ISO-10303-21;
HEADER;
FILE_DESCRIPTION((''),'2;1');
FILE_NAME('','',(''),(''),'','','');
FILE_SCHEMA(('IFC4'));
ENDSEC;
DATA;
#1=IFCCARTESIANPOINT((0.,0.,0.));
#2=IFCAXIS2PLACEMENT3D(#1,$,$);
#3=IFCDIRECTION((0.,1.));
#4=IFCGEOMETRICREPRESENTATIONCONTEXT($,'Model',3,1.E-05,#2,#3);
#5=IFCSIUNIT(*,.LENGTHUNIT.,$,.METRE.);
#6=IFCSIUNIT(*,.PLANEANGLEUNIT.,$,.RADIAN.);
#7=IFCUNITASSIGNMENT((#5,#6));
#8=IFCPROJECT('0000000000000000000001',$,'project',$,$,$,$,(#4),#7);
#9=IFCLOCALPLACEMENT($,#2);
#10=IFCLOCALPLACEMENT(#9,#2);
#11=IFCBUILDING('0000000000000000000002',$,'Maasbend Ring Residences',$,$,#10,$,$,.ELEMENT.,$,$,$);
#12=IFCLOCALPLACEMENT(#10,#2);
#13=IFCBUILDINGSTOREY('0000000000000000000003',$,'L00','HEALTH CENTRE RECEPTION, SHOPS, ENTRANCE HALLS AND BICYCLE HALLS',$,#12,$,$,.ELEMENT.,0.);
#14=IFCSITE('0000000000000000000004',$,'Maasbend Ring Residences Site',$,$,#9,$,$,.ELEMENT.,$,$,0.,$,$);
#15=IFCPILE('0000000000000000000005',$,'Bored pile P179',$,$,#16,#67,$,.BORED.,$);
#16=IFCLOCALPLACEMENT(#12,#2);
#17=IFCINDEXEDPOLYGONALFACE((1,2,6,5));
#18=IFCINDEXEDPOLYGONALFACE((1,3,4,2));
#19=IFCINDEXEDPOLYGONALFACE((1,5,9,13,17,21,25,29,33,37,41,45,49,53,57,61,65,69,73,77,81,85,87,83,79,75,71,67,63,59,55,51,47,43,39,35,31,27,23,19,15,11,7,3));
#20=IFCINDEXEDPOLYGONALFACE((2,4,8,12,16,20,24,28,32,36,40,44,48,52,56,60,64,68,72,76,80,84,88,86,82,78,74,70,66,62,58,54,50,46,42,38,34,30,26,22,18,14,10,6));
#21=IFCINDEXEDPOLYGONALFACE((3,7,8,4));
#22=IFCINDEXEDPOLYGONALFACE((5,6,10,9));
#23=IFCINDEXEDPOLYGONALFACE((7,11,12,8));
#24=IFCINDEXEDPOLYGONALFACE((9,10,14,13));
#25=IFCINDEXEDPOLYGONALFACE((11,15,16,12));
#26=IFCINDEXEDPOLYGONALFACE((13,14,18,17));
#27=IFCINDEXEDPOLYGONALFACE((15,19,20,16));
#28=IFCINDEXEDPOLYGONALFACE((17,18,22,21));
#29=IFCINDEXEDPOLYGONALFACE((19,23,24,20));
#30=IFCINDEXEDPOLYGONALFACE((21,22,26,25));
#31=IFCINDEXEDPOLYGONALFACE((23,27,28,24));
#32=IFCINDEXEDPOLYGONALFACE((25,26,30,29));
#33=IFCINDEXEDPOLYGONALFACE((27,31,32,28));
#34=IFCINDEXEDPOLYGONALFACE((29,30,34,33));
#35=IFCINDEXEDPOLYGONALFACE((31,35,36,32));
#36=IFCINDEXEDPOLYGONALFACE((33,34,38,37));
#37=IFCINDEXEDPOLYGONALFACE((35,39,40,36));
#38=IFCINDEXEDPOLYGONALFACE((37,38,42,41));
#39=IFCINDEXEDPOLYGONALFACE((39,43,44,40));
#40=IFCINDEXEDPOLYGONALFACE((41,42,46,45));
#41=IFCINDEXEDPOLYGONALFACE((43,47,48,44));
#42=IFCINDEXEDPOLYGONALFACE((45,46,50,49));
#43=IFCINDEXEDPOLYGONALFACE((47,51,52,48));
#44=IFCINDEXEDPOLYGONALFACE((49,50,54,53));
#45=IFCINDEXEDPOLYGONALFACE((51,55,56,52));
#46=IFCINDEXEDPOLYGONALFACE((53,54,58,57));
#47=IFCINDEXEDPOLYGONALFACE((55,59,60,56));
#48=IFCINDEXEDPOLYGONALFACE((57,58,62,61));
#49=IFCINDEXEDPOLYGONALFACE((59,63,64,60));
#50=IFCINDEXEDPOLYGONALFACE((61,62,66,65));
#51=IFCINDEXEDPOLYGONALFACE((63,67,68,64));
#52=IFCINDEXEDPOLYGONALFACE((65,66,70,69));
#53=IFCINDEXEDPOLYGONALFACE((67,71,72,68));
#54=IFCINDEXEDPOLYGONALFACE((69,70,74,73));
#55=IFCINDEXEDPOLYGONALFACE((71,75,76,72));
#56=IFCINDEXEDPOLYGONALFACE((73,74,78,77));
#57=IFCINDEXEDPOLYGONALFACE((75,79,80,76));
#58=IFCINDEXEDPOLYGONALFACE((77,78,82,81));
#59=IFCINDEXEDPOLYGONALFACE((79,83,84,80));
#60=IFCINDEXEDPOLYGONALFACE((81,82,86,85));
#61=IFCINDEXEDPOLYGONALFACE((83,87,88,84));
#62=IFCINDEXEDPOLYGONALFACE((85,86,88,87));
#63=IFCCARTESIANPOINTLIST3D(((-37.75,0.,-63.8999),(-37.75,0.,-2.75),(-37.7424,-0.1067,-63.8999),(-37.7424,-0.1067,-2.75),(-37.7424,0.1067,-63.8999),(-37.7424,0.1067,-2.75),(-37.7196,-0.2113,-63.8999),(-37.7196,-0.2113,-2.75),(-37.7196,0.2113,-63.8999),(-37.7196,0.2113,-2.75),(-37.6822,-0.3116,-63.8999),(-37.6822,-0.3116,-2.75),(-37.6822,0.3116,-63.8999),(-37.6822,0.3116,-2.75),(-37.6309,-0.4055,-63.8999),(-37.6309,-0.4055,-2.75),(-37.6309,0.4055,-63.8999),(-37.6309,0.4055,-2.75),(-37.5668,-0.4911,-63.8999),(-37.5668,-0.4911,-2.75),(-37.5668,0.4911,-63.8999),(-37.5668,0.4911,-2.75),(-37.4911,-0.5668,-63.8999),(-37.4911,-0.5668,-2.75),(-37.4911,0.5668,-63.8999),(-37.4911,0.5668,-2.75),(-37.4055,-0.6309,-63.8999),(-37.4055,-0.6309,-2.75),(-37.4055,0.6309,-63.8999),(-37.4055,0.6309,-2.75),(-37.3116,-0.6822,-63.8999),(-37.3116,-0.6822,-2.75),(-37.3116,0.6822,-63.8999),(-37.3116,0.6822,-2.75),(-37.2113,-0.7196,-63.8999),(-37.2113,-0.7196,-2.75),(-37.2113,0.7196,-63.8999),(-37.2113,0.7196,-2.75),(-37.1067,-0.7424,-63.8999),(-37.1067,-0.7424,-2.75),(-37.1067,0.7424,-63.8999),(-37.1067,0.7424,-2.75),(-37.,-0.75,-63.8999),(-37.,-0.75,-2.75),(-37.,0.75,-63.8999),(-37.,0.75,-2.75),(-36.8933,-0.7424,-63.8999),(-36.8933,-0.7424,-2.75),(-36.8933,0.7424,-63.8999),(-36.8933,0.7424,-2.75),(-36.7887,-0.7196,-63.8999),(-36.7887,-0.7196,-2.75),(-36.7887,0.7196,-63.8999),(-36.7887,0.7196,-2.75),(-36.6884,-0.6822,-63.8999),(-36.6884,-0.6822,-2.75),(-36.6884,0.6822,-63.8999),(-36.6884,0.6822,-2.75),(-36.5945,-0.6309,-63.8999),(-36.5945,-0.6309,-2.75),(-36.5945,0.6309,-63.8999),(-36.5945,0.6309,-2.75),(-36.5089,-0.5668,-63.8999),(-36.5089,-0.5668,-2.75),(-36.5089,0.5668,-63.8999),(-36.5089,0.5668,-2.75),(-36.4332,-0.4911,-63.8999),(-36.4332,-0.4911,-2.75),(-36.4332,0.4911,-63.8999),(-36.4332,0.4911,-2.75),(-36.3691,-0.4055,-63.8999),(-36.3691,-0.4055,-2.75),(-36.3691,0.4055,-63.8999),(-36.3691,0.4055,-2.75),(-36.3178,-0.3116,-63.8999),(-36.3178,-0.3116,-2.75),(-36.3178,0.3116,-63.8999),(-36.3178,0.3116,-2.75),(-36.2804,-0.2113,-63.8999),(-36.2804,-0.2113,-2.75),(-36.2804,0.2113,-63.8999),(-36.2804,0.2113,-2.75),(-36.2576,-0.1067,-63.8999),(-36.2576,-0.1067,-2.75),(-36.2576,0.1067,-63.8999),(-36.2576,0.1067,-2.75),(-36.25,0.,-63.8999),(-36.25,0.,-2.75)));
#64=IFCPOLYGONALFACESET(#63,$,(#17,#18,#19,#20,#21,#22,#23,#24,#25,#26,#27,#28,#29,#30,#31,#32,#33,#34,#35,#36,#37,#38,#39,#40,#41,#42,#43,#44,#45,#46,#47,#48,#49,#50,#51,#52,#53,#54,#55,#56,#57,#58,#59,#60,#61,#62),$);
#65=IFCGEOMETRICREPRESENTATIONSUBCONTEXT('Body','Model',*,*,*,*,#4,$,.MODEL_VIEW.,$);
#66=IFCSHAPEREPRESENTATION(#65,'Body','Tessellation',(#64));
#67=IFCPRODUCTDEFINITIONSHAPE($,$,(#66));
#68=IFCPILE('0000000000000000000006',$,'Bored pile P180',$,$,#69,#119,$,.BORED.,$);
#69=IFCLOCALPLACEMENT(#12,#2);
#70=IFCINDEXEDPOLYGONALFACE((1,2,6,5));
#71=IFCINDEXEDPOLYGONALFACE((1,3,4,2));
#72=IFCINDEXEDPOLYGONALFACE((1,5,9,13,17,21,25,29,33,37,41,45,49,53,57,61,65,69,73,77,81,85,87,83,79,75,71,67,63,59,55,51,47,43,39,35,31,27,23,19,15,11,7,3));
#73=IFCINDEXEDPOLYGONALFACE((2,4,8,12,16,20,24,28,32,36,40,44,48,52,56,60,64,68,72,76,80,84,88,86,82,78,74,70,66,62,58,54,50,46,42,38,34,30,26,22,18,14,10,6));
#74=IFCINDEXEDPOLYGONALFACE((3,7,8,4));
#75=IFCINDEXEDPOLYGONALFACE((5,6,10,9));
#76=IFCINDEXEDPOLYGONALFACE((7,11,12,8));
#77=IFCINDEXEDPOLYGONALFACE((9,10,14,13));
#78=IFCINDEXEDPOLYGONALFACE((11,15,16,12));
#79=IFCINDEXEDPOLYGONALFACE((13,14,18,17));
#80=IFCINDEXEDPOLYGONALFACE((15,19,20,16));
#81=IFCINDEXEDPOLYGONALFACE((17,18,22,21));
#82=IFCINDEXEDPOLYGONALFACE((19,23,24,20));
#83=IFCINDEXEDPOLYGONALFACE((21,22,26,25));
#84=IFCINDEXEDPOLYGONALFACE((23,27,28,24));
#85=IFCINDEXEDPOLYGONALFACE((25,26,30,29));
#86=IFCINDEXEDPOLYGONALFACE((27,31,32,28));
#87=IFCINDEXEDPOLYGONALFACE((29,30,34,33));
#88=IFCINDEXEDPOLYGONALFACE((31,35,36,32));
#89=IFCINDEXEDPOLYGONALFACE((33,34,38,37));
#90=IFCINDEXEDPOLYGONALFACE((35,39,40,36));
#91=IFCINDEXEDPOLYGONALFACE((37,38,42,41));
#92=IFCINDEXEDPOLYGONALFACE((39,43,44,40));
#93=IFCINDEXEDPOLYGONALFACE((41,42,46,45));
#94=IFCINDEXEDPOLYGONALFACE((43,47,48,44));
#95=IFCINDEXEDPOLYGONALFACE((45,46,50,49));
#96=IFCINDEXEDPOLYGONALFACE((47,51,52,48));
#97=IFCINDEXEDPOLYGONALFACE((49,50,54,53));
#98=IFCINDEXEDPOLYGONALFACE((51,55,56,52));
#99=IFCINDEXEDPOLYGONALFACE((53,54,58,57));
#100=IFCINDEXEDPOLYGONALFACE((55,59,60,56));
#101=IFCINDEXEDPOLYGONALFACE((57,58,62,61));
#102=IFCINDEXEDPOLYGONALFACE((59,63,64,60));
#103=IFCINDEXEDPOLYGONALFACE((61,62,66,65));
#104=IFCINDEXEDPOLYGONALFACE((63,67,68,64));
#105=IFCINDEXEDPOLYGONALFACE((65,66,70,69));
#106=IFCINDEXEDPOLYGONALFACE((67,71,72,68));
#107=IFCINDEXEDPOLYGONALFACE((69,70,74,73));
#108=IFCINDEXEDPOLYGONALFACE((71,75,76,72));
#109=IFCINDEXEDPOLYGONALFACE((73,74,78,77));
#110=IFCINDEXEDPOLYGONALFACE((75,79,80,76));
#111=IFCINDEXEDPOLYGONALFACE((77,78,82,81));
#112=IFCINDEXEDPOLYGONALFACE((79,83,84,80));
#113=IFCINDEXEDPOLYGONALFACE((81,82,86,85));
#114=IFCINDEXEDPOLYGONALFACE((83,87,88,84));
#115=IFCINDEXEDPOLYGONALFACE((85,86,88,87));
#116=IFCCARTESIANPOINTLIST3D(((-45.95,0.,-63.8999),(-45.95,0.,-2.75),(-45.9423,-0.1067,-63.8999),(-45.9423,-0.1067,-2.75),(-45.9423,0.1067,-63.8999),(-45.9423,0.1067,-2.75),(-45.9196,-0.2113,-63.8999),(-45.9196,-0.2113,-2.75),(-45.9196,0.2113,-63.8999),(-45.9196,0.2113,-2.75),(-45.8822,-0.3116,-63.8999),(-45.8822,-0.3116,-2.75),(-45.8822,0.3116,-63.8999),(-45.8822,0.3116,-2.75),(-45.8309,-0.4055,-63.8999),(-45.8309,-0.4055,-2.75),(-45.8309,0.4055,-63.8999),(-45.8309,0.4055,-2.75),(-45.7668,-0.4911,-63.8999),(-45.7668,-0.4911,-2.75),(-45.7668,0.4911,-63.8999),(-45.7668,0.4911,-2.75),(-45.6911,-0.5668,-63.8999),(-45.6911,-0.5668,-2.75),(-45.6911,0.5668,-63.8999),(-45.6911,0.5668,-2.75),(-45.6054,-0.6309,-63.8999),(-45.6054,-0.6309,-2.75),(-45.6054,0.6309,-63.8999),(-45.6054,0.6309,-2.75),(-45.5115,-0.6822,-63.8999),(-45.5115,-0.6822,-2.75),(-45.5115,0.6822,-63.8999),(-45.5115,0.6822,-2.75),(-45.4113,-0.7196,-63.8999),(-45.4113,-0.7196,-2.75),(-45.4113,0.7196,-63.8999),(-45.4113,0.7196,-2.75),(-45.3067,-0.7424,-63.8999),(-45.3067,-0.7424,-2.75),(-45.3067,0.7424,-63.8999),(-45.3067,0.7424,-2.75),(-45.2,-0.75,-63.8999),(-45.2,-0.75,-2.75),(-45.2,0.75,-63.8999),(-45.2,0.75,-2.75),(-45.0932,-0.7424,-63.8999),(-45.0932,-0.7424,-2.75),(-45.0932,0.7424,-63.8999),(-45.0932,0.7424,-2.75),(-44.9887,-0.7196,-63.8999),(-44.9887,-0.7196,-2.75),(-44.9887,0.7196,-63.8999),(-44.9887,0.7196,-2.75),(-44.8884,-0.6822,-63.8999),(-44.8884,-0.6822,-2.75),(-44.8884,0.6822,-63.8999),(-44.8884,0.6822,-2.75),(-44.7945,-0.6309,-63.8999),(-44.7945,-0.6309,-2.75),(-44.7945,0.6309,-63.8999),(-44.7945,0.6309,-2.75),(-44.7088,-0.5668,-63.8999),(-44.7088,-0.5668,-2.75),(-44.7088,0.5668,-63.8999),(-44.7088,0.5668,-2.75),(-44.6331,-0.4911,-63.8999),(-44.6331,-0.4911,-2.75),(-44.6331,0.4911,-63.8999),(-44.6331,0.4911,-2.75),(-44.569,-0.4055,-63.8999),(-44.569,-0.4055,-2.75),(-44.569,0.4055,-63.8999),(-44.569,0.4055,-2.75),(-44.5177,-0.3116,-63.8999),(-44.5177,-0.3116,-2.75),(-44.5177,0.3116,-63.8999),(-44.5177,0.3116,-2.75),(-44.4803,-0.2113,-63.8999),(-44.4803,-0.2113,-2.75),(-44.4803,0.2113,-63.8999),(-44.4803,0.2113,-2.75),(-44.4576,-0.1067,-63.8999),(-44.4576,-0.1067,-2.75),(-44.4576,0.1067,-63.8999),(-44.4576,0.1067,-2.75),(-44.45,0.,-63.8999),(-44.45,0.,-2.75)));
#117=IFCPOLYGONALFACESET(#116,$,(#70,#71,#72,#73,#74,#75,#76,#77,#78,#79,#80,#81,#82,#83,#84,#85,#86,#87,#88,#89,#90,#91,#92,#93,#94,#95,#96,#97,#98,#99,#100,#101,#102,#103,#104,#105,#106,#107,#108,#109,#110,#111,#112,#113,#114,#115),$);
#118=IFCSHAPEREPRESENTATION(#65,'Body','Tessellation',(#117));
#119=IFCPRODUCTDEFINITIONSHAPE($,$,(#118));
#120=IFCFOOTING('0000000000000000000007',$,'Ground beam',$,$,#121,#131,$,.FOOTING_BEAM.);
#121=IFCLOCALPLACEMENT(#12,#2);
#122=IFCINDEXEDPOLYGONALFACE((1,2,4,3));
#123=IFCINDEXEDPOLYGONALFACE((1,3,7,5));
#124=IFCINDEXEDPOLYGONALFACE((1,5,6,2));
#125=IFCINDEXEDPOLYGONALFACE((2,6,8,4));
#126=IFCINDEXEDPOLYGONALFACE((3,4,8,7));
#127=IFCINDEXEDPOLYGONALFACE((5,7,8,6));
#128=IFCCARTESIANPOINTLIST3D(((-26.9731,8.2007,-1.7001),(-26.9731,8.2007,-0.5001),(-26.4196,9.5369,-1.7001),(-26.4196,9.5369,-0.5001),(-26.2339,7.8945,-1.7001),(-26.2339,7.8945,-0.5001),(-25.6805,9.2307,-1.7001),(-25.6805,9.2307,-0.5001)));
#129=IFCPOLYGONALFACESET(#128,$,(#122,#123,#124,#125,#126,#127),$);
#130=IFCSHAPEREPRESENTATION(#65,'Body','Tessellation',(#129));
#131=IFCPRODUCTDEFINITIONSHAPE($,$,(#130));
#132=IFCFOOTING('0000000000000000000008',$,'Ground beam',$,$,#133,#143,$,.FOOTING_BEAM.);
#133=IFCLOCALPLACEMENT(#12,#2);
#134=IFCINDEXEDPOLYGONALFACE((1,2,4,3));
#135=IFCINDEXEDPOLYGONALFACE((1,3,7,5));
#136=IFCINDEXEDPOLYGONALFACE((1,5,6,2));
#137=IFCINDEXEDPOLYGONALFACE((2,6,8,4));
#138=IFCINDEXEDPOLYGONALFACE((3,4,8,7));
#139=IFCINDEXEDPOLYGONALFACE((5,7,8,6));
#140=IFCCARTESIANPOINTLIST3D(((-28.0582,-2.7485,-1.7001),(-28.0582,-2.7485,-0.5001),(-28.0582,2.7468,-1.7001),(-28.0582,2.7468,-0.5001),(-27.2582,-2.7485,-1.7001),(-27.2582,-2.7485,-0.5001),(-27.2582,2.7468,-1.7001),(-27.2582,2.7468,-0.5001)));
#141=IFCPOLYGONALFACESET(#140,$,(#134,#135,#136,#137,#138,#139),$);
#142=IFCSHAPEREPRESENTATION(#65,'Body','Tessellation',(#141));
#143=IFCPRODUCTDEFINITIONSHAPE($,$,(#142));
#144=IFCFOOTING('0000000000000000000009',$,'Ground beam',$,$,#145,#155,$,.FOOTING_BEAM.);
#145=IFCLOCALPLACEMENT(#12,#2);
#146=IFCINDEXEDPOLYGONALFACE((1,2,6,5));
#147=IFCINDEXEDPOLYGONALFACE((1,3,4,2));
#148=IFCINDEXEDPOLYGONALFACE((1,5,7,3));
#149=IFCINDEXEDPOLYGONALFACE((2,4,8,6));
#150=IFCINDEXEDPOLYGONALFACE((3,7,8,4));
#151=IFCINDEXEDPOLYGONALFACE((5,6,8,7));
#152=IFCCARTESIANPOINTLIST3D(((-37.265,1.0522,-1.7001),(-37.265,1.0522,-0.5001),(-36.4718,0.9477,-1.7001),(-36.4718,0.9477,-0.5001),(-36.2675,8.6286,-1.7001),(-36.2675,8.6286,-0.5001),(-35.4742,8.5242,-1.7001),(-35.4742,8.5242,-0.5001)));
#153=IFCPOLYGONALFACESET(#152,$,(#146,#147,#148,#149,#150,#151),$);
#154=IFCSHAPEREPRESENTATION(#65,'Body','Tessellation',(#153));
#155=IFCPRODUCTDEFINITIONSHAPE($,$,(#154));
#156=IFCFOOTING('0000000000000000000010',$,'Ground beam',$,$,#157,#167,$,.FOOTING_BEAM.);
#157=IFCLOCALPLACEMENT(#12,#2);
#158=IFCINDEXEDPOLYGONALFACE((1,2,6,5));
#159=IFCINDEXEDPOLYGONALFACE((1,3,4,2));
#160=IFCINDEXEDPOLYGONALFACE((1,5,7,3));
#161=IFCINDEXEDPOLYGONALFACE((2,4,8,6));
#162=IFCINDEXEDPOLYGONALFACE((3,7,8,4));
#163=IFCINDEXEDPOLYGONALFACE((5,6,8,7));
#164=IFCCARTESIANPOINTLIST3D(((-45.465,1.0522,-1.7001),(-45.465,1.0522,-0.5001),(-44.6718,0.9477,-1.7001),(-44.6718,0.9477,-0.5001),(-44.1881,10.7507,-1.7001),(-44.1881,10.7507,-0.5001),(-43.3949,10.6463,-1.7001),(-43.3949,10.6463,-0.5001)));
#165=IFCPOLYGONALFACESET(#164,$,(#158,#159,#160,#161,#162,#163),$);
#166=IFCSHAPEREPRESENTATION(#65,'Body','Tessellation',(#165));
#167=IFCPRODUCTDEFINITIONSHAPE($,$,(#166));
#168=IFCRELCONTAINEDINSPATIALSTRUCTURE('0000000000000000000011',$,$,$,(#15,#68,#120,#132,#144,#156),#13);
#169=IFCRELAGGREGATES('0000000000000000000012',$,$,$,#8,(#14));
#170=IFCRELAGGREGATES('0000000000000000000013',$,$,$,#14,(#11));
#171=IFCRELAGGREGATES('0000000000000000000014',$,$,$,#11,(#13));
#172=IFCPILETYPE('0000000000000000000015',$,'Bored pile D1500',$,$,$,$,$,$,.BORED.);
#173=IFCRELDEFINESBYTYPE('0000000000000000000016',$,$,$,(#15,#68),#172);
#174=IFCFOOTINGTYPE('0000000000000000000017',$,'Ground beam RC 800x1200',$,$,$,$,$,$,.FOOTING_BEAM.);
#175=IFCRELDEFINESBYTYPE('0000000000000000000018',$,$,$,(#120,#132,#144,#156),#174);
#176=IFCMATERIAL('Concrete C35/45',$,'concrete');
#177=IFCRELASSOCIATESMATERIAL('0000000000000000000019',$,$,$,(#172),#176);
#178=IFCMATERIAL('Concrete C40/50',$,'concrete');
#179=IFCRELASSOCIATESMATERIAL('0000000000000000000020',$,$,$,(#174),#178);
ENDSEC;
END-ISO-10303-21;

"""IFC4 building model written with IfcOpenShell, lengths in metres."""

from ifc_helpers import new_model, si_unit, direction, frame, origin, origin_2d, place, context, subcontext, project, spatial, rectangle, circle, extrude, material, material_profile, profile_set, type_object, element, save


model = new_model("IFC4")

# Units and contexts
model_context = context("Model", 3, precision=1e-05, world=origin(), true_north=direction((0.0, 1.0)))
body_context = subcontext(model_context, "Body", "Model", "MODEL_VIEW")
ifc_project = project(units=[si_unit("LENGTHUNIT", "METRE"), si_unit("PLANEANGLEUNIT", "RADIAN")], contexts=[model_context])

# Site, building, storey
site_placement = place(None, origin())
site = spatial("IfcSite", under=ifc_project, at=site_placement, Name="Maasbend Ring Residences Site", CompositionType="ELEMENT", RefElevation=0.0)
building_placement = place(site_placement, origin())
building = spatial("IfcBuilding", under=site, at=building_placement, Name="Maasbend Ring Residences", CompositionType="ELEMENT")
storey_placement = place(building_placement, origin())
storey = spatial("IfcBuildingStorey", under=building, at=storey_placement, Name="L00", Description="HEALTH CENTRE RECEPTION, SHOPS, ENTRANCE HALLS AND BICYCLE HALLS", CompositionType="ELEMENT", Elevation=0.0)

# Piles
ifc_material_1 = material(Name="Concrete C35/45", Category="concrete")
ifc_material_profile_1 = material_profile(ifc_material_1, circle(Radius=0.75, at=origin_2d()), Name="Bored pile D1500")
ifc_profile_set_1 = profile_set([ifc_material_profile_1], Name="Concrete C35/45")
pile_type = type_object("IfcPileType", Name="Bored pile D1500", PredefinedType="BORED", material=ifc_profile_set_1)
for number, where, z_axis, x_axis, name in (
    (1, (-37.0, 0.0, -2.75), (0.0, 0.0, -1.0), (1.0, 0.0, 0.0), "Bored pile P179"),
    (2, (-45.2, 0.0, -2.75), (0.0, 0.0, -1.0), (1.0, 0.0, 0.0), "Bored pile P180"),
):
    element("IfcPile", number, at=place(storey_placement, frame(where, z_axis=z_axis, x_axis=x_axis)), inside=storey, type_object=pile_type, Name=name, PredefinedType="BORED", context=body_context, shape_type="SweptSolid", body=[
        extrude(circle(Radius=0.75, at=origin_2d()), origin(), (0.0, 0.0, 1.0), 61.1499),
    ])

# Footings
ifc_material_2 = material(Name="Concrete C40/50", Category="concrete")
ifc_material_profile_2 = material_profile(ifc_material_2, rectangle(XDim=0.8, YDim=1.2, at=origin_2d()), Name="Ground beam RC 800x1200")
ifc_profile_set_2 = profile_set([ifc_material_profile_2], Name="Concrete C40/50")
footing_type = type_object("IfcFootingType", Name="Ground beam RC 800x1200", PredefinedType="FOOTING_BEAM", material=ifc_profile_set_2)
footing_1_placement = place(storey_placement, frame((-26.05, 9.3838, -1.1001), z_axis=(-0.382685, -0.923879, 0.0), x_axis=(0.923879, -0.382685, 0.0)))
element("IfcFooting", 3, at=footing_1_placement, inside=storey, type_object=footing_type, Name="Ground beam", PredefinedType="FOOTING_BEAM", context=body_context, shape_type="SweptSolid", body=[
    extrude(rectangle(XDim=0.8, YDim=1.2, at=origin_2d()), origin(), (0.0, 0.0, 1.0), 1.4463),
])
footing_2_placement = place(storey_placement, frame((-27.6582, 2.7468, -1.1001), z_axis=(0.0, -1.0, 0.0), x_axis=(1.0, 0.0, 0.0)))
element("IfcFooting", 4, at=footing_2_placement, inside=storey, type_object=footing_type, Name="Ground beam", PredefinedType="FOOTING_BEAM", context=body_context, shape_type="SweptSolid", body=[
    extrude(rectangle(XDim=0.8, YDim=1.2, at=origin_2d()), origin(), (0.0, 0.0, 1.0), 5.4954),
])
footing_3_placement = place(storey_placement, frame((-35.8708, 8.5764, -1.1001), z_axis=(-0.13054, -0.991443, 0.0), x_axis=(0.991443, -0.13054, 0.0)))
element("IfcFooting", 5, at=footing_3_placement, inside=storey, type_object=footing_type, Name="Ground beam", PredefinedType="FOOTING_BEAM", context=body_context, shape_type="SweptSolid", body=[
    extrude(rectangle(XDim=0.8, YDim=1.2, at=origin_2d()), origin(), (0.0, 0.0, 1.0), 7.6418),
])
footing_4_placement = place(storey_placement, frame((-43.7915, 10.6985, -1.1001), z_axis=(-0.130529, -0.991445, 0.0), x_axis=(0.991445, -0.130529, 0.0)))
element("IfcFooting", 6, at=footing_4_placement, inside=storey, type_object=footing_type, Name="Ground beam", PredefinedType="FOOTING_BEAM", context=body_context, shape_type="SweptSolid", body=[
    extrude(rectangle(XDim=0.8, YDim=1.2, at=origin_2d()), origin(), (0.0, 0.0, 1.0), 9.7822),
])

save(model, "model.ifc")
